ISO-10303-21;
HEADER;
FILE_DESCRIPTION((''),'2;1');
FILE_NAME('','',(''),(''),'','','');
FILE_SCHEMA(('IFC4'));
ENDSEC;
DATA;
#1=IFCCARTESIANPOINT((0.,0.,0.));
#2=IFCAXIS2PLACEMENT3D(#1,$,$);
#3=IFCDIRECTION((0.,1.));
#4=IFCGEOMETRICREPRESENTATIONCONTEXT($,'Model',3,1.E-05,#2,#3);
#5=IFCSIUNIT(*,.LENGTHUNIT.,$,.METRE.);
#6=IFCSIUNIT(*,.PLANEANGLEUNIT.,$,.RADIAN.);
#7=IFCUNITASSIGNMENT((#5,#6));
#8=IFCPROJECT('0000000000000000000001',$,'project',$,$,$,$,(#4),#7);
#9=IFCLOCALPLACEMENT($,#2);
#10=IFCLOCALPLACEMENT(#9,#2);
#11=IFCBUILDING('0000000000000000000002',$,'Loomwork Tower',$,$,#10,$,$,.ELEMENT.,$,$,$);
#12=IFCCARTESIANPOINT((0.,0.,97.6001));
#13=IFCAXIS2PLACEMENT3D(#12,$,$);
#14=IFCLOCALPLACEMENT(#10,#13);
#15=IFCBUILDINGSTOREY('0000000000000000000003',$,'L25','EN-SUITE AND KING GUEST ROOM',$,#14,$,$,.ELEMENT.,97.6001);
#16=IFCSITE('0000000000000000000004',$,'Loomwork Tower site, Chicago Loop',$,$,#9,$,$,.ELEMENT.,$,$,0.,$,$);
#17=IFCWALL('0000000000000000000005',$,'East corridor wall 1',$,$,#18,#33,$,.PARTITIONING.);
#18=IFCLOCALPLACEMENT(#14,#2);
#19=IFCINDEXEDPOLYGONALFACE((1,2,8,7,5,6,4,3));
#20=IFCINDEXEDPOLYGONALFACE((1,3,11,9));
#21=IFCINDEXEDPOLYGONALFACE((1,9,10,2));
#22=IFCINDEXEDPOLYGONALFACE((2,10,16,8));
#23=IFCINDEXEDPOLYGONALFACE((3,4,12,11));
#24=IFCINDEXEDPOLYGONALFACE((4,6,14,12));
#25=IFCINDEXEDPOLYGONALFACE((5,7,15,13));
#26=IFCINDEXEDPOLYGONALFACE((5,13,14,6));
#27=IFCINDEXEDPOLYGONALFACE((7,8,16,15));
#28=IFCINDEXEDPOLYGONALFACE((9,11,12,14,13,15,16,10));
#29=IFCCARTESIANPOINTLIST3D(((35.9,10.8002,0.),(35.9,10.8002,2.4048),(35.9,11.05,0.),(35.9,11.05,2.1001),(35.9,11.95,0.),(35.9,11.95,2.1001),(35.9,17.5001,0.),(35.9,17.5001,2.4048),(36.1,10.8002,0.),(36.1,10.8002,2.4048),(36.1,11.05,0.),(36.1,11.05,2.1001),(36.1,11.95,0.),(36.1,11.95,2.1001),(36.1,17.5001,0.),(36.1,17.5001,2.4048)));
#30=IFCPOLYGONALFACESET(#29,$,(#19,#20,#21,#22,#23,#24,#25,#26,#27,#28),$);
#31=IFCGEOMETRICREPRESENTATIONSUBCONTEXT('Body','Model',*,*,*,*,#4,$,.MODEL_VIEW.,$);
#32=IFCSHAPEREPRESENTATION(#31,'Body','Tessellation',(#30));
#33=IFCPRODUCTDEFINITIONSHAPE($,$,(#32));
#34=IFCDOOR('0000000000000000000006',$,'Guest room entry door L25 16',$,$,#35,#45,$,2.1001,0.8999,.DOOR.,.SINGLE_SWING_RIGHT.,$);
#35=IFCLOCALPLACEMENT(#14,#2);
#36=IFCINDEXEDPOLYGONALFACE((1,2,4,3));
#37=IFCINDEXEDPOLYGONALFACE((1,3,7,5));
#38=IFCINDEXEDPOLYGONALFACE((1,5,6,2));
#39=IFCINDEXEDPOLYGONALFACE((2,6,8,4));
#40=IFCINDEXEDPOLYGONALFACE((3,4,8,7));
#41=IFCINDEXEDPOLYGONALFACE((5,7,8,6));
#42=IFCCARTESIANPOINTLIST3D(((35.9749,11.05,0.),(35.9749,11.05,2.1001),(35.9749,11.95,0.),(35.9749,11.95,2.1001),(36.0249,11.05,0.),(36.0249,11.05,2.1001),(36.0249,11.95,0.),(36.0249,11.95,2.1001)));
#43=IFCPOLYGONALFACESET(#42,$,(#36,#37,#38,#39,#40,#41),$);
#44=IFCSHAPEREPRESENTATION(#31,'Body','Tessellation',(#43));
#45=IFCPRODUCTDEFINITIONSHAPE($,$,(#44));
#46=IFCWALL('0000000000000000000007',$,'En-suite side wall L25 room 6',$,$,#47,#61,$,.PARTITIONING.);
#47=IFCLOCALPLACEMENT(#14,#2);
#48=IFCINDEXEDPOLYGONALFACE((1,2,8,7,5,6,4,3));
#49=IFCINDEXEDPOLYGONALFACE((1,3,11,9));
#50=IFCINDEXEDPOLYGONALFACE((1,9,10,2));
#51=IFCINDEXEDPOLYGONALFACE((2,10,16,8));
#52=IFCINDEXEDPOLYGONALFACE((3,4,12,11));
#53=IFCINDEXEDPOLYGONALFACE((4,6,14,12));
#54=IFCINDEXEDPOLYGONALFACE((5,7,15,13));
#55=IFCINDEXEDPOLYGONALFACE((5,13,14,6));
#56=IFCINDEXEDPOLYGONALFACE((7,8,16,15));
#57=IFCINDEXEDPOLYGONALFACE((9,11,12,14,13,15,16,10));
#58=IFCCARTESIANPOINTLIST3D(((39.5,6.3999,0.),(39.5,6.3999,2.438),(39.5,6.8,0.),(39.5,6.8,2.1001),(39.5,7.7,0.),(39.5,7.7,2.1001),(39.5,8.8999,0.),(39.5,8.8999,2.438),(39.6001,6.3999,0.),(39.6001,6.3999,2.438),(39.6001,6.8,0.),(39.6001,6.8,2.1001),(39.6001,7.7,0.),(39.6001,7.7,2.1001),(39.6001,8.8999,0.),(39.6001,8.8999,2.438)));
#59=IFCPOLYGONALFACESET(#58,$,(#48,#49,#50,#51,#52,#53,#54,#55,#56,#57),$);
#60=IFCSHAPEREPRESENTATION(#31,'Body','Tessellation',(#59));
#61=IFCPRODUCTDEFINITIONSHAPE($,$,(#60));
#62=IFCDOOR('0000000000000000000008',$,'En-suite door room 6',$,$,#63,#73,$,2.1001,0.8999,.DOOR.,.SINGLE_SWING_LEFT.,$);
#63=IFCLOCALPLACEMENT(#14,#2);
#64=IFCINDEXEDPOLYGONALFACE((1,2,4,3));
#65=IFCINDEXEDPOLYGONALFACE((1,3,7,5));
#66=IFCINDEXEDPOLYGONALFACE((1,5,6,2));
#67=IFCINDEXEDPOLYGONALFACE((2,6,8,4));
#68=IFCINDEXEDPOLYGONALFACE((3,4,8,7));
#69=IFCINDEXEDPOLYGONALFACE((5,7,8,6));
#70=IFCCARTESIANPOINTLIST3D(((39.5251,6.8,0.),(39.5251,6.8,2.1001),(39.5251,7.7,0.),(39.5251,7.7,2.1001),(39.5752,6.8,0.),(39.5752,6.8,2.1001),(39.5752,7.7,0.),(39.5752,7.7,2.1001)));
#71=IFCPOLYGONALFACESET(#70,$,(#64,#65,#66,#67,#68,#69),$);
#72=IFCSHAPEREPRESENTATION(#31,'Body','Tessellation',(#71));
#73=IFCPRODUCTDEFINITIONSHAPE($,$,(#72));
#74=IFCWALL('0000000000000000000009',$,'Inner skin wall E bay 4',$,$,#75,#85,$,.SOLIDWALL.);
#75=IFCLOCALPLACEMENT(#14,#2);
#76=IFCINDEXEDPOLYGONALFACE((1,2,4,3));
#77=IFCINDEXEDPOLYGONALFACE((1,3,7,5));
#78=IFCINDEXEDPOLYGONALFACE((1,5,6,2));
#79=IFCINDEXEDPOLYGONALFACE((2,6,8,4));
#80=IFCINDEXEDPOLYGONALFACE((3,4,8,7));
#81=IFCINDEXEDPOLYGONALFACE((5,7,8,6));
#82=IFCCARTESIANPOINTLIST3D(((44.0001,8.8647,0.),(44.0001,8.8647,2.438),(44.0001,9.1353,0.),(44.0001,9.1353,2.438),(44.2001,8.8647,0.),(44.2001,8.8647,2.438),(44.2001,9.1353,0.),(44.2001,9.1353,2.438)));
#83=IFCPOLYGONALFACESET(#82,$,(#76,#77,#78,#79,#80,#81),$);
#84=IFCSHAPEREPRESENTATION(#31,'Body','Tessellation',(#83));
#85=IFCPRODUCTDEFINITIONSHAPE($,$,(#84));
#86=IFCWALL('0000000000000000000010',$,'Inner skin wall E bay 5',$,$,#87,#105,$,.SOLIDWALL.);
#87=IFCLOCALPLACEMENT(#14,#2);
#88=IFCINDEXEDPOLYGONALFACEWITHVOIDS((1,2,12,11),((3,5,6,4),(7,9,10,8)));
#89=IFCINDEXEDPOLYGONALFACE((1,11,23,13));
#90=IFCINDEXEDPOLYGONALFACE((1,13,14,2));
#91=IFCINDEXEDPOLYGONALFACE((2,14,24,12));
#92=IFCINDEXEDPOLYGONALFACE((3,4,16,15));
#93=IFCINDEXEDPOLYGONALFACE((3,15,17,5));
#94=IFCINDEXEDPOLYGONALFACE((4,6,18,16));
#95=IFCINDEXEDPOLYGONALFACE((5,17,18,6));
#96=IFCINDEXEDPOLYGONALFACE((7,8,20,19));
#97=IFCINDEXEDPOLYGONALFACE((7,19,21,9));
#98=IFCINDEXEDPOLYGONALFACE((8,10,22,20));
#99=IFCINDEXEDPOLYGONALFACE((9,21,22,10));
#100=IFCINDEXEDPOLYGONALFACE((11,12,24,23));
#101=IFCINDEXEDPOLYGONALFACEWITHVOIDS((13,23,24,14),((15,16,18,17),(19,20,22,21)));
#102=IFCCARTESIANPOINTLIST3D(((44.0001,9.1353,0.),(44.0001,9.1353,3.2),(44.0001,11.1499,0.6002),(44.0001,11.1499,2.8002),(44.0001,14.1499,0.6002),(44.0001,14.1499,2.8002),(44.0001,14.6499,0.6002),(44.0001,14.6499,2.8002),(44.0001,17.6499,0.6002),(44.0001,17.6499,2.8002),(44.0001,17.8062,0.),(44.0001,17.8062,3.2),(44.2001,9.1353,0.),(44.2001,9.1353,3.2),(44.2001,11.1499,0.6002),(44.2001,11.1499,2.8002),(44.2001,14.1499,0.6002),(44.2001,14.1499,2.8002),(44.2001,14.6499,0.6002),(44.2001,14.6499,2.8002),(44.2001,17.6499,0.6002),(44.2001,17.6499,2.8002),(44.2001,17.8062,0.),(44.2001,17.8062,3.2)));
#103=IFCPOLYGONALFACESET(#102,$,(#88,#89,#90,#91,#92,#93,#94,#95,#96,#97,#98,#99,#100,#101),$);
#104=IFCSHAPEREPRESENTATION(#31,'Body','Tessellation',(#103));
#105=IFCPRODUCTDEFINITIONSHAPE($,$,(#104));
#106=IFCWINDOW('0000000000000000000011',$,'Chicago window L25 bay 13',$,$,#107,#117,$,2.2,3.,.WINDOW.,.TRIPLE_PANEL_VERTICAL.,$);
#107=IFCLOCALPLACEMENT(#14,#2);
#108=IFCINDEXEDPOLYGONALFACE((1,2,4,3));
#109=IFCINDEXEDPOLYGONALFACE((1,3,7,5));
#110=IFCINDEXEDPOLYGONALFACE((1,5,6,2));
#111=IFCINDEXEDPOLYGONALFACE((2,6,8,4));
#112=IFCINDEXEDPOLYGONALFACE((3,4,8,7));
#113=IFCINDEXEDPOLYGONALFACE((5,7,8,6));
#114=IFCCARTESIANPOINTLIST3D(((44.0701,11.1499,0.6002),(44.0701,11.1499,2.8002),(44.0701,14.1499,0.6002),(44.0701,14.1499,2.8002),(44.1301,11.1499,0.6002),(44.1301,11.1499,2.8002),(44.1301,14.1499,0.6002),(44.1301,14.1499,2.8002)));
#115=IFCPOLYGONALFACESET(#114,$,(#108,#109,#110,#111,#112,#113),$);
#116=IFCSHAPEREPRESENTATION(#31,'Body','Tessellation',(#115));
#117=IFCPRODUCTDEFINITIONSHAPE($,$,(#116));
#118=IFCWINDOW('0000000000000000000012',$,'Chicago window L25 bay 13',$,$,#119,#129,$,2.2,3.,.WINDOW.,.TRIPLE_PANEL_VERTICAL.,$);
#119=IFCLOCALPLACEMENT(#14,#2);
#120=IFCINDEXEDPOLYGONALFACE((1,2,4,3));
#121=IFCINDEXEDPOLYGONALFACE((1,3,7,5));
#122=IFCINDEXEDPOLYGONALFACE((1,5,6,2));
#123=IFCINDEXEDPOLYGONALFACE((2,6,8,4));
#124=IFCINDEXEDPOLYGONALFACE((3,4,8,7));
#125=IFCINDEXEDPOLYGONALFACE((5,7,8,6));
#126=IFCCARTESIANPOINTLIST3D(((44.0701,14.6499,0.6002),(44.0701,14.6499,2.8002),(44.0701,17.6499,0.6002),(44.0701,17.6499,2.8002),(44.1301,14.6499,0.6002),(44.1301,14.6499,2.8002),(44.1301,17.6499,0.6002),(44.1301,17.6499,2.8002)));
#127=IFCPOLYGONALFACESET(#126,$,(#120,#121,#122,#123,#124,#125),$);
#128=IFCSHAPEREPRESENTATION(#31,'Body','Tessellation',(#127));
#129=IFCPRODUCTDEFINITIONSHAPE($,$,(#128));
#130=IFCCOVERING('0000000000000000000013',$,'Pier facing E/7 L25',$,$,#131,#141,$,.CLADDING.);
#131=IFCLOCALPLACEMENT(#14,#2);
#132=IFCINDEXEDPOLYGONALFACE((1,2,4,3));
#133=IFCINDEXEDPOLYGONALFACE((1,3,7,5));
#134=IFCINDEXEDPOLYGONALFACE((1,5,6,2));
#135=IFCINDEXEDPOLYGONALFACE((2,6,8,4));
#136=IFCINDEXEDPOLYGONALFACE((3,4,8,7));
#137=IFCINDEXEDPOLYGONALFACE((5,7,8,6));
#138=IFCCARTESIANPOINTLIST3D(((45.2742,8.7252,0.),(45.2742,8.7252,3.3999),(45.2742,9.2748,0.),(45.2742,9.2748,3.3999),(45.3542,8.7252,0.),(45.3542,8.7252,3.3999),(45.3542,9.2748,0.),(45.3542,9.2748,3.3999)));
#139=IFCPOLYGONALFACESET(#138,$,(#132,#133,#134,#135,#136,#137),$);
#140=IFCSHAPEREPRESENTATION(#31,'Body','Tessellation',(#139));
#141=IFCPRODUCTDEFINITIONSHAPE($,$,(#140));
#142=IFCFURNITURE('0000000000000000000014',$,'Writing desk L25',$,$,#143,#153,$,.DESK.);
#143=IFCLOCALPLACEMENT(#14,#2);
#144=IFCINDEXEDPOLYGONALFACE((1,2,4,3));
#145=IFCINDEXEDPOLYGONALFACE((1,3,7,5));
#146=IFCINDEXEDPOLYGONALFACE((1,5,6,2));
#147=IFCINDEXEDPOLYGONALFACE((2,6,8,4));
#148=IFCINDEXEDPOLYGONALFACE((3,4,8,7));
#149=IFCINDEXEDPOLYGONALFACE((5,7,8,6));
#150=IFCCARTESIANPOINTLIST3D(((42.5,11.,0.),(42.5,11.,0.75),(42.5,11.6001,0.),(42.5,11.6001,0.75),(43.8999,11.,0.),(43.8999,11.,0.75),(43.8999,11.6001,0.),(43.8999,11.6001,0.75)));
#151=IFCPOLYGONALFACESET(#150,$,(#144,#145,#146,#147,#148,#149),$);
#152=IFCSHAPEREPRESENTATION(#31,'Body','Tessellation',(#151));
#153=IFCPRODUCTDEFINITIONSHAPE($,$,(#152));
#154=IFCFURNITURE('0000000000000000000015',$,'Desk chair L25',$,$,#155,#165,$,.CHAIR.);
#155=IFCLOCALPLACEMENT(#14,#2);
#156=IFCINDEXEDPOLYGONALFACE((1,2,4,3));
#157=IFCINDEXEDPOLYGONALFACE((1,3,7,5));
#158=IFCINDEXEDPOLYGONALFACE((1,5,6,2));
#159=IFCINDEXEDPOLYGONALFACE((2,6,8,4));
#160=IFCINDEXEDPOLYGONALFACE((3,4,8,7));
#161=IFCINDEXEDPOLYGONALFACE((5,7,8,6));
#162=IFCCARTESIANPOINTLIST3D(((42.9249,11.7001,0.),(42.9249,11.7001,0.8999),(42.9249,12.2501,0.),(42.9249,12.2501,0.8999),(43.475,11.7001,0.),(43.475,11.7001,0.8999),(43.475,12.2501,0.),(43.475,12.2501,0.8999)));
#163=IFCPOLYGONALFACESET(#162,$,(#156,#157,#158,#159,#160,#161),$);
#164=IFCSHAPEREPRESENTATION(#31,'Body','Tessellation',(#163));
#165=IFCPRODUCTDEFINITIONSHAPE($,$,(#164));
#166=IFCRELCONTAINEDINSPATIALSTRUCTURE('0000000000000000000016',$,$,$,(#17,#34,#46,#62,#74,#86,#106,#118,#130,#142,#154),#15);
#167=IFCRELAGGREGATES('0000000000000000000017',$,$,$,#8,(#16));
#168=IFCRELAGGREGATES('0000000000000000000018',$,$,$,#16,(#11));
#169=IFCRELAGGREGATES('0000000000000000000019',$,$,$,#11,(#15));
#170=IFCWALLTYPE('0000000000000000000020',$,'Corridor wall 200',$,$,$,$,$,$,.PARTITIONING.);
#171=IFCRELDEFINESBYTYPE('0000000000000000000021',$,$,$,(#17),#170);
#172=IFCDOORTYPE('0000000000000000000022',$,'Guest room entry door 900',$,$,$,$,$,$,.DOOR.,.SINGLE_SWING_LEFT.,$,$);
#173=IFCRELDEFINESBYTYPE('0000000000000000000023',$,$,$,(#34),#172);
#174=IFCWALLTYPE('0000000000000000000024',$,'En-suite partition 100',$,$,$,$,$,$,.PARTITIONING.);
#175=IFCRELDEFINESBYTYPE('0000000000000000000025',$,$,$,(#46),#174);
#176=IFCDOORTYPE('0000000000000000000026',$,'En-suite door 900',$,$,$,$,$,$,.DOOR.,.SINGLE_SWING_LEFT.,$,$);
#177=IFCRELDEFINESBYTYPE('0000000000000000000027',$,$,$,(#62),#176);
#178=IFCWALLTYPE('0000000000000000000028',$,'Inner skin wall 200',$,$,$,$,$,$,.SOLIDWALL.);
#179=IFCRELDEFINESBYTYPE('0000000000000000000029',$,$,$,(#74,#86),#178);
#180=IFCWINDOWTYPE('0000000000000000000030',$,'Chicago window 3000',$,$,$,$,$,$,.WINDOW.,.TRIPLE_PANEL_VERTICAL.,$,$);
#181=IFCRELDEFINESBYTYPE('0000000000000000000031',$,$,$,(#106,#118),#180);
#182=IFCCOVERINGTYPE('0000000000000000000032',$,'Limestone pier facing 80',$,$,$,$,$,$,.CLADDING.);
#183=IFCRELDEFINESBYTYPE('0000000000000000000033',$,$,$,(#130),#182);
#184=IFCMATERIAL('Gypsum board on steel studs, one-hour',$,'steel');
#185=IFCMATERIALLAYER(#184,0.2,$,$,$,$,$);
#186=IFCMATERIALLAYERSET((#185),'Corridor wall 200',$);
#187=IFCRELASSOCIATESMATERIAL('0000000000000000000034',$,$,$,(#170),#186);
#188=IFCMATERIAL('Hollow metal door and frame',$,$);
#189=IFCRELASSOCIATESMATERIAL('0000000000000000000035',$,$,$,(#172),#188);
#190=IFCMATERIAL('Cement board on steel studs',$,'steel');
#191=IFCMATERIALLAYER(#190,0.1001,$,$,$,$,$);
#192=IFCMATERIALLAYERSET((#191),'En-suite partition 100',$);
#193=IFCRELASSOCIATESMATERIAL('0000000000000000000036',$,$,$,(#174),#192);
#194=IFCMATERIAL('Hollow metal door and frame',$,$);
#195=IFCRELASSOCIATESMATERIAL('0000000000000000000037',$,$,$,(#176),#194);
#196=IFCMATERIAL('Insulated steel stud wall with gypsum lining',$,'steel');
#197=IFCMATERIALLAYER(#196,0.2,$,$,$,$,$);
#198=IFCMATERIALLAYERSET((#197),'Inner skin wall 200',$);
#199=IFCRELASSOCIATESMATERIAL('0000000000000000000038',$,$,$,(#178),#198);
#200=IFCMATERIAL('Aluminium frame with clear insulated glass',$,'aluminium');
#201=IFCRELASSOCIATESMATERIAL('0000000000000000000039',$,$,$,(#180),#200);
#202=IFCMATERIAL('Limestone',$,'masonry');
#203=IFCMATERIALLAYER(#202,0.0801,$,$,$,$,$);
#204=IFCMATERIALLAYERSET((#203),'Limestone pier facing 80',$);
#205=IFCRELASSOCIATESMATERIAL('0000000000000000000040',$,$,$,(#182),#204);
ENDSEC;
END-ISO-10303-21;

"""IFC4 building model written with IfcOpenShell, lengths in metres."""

from ifc_helpers import new_model, si_unit, direction, frame, frame_2d, origin, origin_2d, place, context, subcontext, project, spatial, rectangle, extrude, material, layer, layer_set, type_object, element, fill, save


model = new_model("IFC4")

# Units and contexts
model_context = context("Model", 3, precision=1e-05, world=origin(), true_north=direction((0.0, 1.0)))
body_context = subcontext(model_context, "Body", "Model", "MODEL_VIEW")
ifc_project = project(units=[si_unit("LENGTHUNIT", "METRE"), si_unit("PLANEANGLEUNIT", "RADIAN")], contexts=[model_context])

# Site, building, storey
site_placement = place(None, origin())
site = spatial("IfcSite", under=ifc_project, at=site_placement, Name="Loomwork Tower site, Chicago Loop", CompositionType="ELEMENT", RefElevation=0.0)
building_placement = place(site_placement, origin())
building = spatial("IfcBuilding", under=site, at=building_placement, Name="Loomwork Tower", CompositionType="ELEMENT")
storey_placement = place(building_placement, frame((0.0, 0.0, 97.6001)))
storey = spatial("IfcBuildingStorey", under=building, at=storey_placement, Name="L25", Description="EN-SUITE AND KING GUEST ROOM", CompositionType="ELEMENT", Elevation=97.6001)

# Walls, openings, doors
ifc_material_1 = material(Name="Gypsum board on steel studs, one-hour", Category="steel")
ifc_layer_1 = layer(ifc_material_1, 0.2)
ifc_layer_set_1 = layer_set([ifc_layer_1], Name="Corridor wall 200")
wall_type_1 = type_object("IfcWallType", Name="Corridor wall 200", PredefinedType="PARTITIONING", material=ifc_layer_set_1)
ifc_material_2 = material(Name="Hollow metal door and frame")
door_type_1 = type_object("IfcDoorType", Name="Guest room entry door 900", OperationType="SINGLE_SWING_LEFT", PredefinedType="DOOR", material=ifc_material_2)
wall_1_placement = place(storey_placement, frame((36.0, 10.8, 0.0), z_axis=(0.0, 0.0, 1.0), x_axis=(0.0, 1.0, 0.0)))
wall_1 = element("IfcWall", 1, at=wall_1_placement, inside=storey, type_object=wall_type_1, Name="East corridor wall 1", PredefinedType="PARTITIONING", context=body_context, shape_type="SweptSolid", body=[
    extrude(rectangle(XDim=6.7, YDim=0.2, at=frame_2d((3.3501, 0.0))), origin(), (0.0, 0.0, 1.0), 2.4048),
])
opening_1_placement = place(wall_1_placement, frame((0.25, 0.0, 0.0)))
opening_1 = element("IfcOpeningElement", 2, at=opening_1_placement, cuts=wall_1, PredefinedType="OPENING", context=body_context, shape_type="SweptSolid", body=[
    extrude(rectangle(XDim=0.8999, YDim=2.1001, at=frame_2d((0.45, 1.05))), frame((0.0, 0.1099, 0.0), z_axis=(0.0, -1.0, 0.0), x_axis=(1.0, 0.0, 0.0)), (0.0, 0.0, 1.0), 0.22),
])
door_1_placement = place(opening_1_placement, frame((0.8999, 0.0, 0.0), z_axis=(0.0, 0.0, 1.0), x_axis=(-1.0, 0.0, 0.0)))
door_1 = element("IfcDoor", 3, at=door_1_placement, inside=storey, type_object=door_type_1, Name="Guest room entry door L25 16", OperationType="SINGLE_SWING_RIGHT", OverallHeight=2.1001, OverallWidth=0.8999, PredefinedType="DOOR", context=body_context, shape_type="SweptSolid", body=[
    extrude(rectangle(XDim=0.8999, YDim=2.1001, at=frame_2d((0.45, 1.05))), frame((0.0, 0.0249, 0.0), z_axis=(0.0, -1.0, 0.0), x_axis=(1.0, 0.0, 0.0)), (0.0, 0.0, 1.0), 0.05),
])
fill(opening_1, door_1)
ifc_material_3 = material(Name="Cement board on steel studs", Category="steel")
ifc_layer_2 = layer(ifc_material_3, 0.1001)
ifc_layer_set_2 = layer_set([ifc_layer_2], Name="En-suite partition 100")
wall_type_2 = type_object("IfcWallType", Name="En-suite partition 100", PredefinedType="PARTITIONING", material=ifc_layer_set_2)
wall_2_placement = place(storey_placement, frame((39.55, 8.8999, 0.0), z_axis=(0.0, 0.0, 1.0), x_axis=(0.0, -1.0, 0.0)))
wall_2 = element("IfcWall", 4, at=wall_2_placement, inside=storey, type_object=wall_type_2, Name="En-suite side wall L25 room 6", PredefinedType="PARTITIONING", context=body_context, shape_type="SweptSolid", body=[
    extrude(rectangle(XDim=2.5, YDim=0.1001, at=frame_2d((1.25, 0.0))), origin(), (0.0, 0.0, 1.0), 2.438),
])
opening_2_placement = place(wall_2_placement, frame((1.2, 0.0, 0.0)))
opening_2 = element("IfcOpeningElement", 5, at=opening_2_placement, cuts=wall_2, PredefinedType="OPENING", context=body_context, shape_type="SweptSolid", body=[
    extrude(rectangle(XDim=0.8999, YDim=2.1001, at=frame_2d((0.45, 1.05))), frame((0.0, 0.0601, 0.0), z_axis=(0.0, -1.0, 0.0), x_axis=(1.0, 0.0, 0.0)), (0.0, 0.0, 1.0), 0.1201),
])
ifc_material_4 = material(Name="Hollow metal door and frame")
door_type_2 = type_object("IfcDoorType", Name="En-suite door 900", OperationType="SINGLE_SWING_LEFT", PredefinedType="DOOR", material=ifc_material_4)
door_2_placement = place(opening_2_placement, frame((0.8999, 0.0, 0.0), z_axis=(0.0, 0.0, 1.0), x_axis=(-1.0, 0.0, 0.0)))
door_2 = element("IfcDoor", 6, at=door_2_placement, inside=storey, type_object=door_type_2, Name="En-suite door room 6", OperationType="SINGLE_SWING_LEFT", OverallHeight=2.1001, OverallWidth=0.8999, PredefinedType="DOOR", context=body_context, shape_type="SweptSolid", body=[
    extrude(rectangle(XDim=0.8999, YDim=2.1001, at=frame_2d((0.45, 1.05))), frame((0.0, 0.0249, 0.0), z_axis=(0.0, -1.0, 0.0), x_axis=(1.0, 0.0, 0.0)), (0.0, 0.0, 1.0), 0.05),
])
fill(opening_2, door_2)

# Wall
ifc_material_5 = material(Name="Insulated steel stud wall with gypsum lining", Category="steel")
ifc_layer_3 = layer(ifc_material_5, 0.2)
ifc_layer_set_3 = layer_set([ifc_layer_3], Name="Inner skin wall 200")
wall_type_3 = type_object("IfcWallType", Name="Inner skin wall 200", PredefinedType="SOLIDWALL", material=ifc_layer_set_3)
wall_3_placement = place(storey_placement, frame((44.1001, 8.8647, 0.0), z_axis=(0.0, 0.0, 1.0), x_axis=(0.0, 1.0, 0.0)))
element("IfcWall", 7, at=wall_3_placement, inside=storey, type_object=wall_type_3, Name="Inner skin wall E bay 4", PredefinedType="SOLIDWALL", context=body_context, shape_type="SweptSolid", body=[
    extrude(rectangle(XDim=0.2705, YDim=0.2, at=frame_2d((0.1353, 0.0))), origin(), (0.0, 0.0, 1.0), 2.438),
])

# Wall, openings, windows
wall_4_placement = place(storey_placement, frame((44.1001, 9.1353, 0.0), z_axis=(0.0, 0.0, 1.0), x_axis=(0.0, 1.0, 0.0)))
wall_4 = element("IfcWall", 8, at=wall_4_placement, inside=storey, type_object=wall_type_3, Name="Inner skin wall E bay 5", PredefinedType="SOLIDWALL", context=body_context, shape_type="SweptSolid", body=[
    extrude(rectangle(XDim=8.6709, YDim=0.2, at=frame_2d((4.3354, 0.0))), origin(), (0.0, 0.0, 1.0), 3.2),
])
opening_3_placement = place(wall_4_placement, frame((2.0146, 0.0, 0.6001)))
opening_3 = element("IfcOpeningElement", 9, at=opening_3_placement, cuts=wall_4, PredefinedType="OPENING", context=body_context, shape_type="SweptSolid", body=[
    extrude(rectangle(XDim=3.0, YDim=2.2, at=frame_2d((1.5, 1.1001))), frame((0.0, 0.1099, 0.0), z_axis=(0.0, -1.0, 0.0), x_axis=(1.0, 0.0, 0.0)), (0.0, 0.0, 1.0), 0.22),
])
opening_4_placement = place(wall_4_placement, frame((5.5146, 0.0, 0.6001)))
opening_4 = element("IfcOpeningElement", 10, at=opening_4_placement, cuts=wall_4, PredefinedType="OPENING", context=body_context, shape_type="SweptSolid", body=[
    extrude(rectangle(XDim=3.0, YDim=2.2, at=frame_2d((1.5, 1.1001))), frame((0.0, 0.1099, 0.0), z_axis=(0.0, -1.0, 0.0), x_axis=(1.0, 0.0, 0.0)), (0.0, 0.0, 1.0), 0.22),
])
ifc_material_6 = material(Name="Aluminium frame with clear insulated glass", Category="aluminium")
window_type = type_object("IfcWindowType", Name="Chicago window 3000", PartitioningType="TRIPLE_PANEL_VERTICAL", PredefinedType="WINDOW", material=ifc_material_6)
window_1_placement = place(opening_3_placement, origin())
window_1 = element("IfcWindow", 11, at=window_1_placement, inside=storey, type_object=window_type, Name="Chicago window L25 bay 13", OverallHeight=2.2, OverallWidth=3.0, PartitioningType="TRIPLE_PANEL_VERTICAL", PredefinedType="WINDOW", context=body_context, shape_type="SweptSolid", body=[
    extrude(rectangle(XDim=3.0, YDim=2.2, at=frame_2d((1.5, 1.1001))), frame((0.0, 0.03, 0.0), z_axis=(0.0, -1.0, 0.0), x_axis=(1.0, 0.0, 0.0)), (0.0, 0.0, 1.0), 0.0601),
])
fill(opening_3, window_1)
window_2_placement = place(opening_4_placement, origin())
window_2 = element("IfcWindow", 12, at=window_2_placement, inside=storey, type_object=window_type, Name="Chicago window L25 bay 13", OverallHeight=2.2, OverallWidth=3.0, PartitioningType="TRIPLE_PANEL_VERTICAL", PredefinedType="WINDOW", context=body_context, shape_type="SweptSolid", body=[
    extrude(rectangle(XDim=3.0, YDim=2.2, at=frame_2d((1.5, 1.1001))), frame((0.0, 0.03, 0.0), z_axis=(0.0, -1.0, 0.0), x_axis=(1.0, 0.0, 0.0)), (0.0, 0.0, 1.0), 0.0601),
])
fill(opening_4, window_2)

# Covering
ifc_material_7 = material(Name="Limestone", Category="masonry")
ifc_layer_4 = layer(ifc_material_7, 0.0801)
ifc_layer_set_4 = layer_set([ifc_layer_4], Name="Limestone pier facing 80")
covering_type = type_object("IfcCoveringType", Name="Limestone pier facing 80", PredefinedType="CLADDING", material=ifc_layer_set_4)
covering_placement = place(storey_placement, frame((45.3142, 9.0, 0.0), z_axis=(0.0, 0.0, 1.0), x_axis=(1.0, 0.0, 0.0)))
element("IfcCovering", 13, at=covering_placement, inside=storey, type_object=covering_type, Name="Pier facing E/7 L25", PredefinedType="CLADDING", context=body_context, shape_type="SweptSolid", body=[
    extrude(rectangle(XDim=0.0801, YDim=0.5496, at=origin_2d()), origin(), (0.0, 0.0, 1.0), 3.3999),
])

# Furniture
furniture_1_placement = place(storey_placement, frame((43.2, 11.3, 0.0), z_axis=(0.0, 0.0, 1.0), x_axis=(1.0, 0.0, 0.0)))
element("IfcFurniture", 14, at=furniture_1_placement, inside=storey, Name="Writing desk L25", PredefinedType="DESK", context=body_context, shape_type="SweptSolid", body=[
    extrude(rectangle(XDim=1.3999, YDim=0.6001, at=origin_2d()), origin(), (0.0, 0.0, 1.0), 0.75),
])
furniture_2_placement = place(storey_placement, frame((43.2, 11.9751, 0.0), z_axis=(0.0, 0.0, 1.0), x_axis=(1.0, 0.0, 0.0)))
element("IfcFurniture", 15, at=furniture_2_placement, inside=storey, Name="Desk chair L25", PredefinedType="CHAIR", context=body_context, shape_type="SweptSolid", body=[
    extrude(rectangle(XDim=0.55, YDim=0.55, at=origin_2d()), origin(), (0.0, 0.0, 1.0), 0.8999),
])

save(model, "model.ifc")
